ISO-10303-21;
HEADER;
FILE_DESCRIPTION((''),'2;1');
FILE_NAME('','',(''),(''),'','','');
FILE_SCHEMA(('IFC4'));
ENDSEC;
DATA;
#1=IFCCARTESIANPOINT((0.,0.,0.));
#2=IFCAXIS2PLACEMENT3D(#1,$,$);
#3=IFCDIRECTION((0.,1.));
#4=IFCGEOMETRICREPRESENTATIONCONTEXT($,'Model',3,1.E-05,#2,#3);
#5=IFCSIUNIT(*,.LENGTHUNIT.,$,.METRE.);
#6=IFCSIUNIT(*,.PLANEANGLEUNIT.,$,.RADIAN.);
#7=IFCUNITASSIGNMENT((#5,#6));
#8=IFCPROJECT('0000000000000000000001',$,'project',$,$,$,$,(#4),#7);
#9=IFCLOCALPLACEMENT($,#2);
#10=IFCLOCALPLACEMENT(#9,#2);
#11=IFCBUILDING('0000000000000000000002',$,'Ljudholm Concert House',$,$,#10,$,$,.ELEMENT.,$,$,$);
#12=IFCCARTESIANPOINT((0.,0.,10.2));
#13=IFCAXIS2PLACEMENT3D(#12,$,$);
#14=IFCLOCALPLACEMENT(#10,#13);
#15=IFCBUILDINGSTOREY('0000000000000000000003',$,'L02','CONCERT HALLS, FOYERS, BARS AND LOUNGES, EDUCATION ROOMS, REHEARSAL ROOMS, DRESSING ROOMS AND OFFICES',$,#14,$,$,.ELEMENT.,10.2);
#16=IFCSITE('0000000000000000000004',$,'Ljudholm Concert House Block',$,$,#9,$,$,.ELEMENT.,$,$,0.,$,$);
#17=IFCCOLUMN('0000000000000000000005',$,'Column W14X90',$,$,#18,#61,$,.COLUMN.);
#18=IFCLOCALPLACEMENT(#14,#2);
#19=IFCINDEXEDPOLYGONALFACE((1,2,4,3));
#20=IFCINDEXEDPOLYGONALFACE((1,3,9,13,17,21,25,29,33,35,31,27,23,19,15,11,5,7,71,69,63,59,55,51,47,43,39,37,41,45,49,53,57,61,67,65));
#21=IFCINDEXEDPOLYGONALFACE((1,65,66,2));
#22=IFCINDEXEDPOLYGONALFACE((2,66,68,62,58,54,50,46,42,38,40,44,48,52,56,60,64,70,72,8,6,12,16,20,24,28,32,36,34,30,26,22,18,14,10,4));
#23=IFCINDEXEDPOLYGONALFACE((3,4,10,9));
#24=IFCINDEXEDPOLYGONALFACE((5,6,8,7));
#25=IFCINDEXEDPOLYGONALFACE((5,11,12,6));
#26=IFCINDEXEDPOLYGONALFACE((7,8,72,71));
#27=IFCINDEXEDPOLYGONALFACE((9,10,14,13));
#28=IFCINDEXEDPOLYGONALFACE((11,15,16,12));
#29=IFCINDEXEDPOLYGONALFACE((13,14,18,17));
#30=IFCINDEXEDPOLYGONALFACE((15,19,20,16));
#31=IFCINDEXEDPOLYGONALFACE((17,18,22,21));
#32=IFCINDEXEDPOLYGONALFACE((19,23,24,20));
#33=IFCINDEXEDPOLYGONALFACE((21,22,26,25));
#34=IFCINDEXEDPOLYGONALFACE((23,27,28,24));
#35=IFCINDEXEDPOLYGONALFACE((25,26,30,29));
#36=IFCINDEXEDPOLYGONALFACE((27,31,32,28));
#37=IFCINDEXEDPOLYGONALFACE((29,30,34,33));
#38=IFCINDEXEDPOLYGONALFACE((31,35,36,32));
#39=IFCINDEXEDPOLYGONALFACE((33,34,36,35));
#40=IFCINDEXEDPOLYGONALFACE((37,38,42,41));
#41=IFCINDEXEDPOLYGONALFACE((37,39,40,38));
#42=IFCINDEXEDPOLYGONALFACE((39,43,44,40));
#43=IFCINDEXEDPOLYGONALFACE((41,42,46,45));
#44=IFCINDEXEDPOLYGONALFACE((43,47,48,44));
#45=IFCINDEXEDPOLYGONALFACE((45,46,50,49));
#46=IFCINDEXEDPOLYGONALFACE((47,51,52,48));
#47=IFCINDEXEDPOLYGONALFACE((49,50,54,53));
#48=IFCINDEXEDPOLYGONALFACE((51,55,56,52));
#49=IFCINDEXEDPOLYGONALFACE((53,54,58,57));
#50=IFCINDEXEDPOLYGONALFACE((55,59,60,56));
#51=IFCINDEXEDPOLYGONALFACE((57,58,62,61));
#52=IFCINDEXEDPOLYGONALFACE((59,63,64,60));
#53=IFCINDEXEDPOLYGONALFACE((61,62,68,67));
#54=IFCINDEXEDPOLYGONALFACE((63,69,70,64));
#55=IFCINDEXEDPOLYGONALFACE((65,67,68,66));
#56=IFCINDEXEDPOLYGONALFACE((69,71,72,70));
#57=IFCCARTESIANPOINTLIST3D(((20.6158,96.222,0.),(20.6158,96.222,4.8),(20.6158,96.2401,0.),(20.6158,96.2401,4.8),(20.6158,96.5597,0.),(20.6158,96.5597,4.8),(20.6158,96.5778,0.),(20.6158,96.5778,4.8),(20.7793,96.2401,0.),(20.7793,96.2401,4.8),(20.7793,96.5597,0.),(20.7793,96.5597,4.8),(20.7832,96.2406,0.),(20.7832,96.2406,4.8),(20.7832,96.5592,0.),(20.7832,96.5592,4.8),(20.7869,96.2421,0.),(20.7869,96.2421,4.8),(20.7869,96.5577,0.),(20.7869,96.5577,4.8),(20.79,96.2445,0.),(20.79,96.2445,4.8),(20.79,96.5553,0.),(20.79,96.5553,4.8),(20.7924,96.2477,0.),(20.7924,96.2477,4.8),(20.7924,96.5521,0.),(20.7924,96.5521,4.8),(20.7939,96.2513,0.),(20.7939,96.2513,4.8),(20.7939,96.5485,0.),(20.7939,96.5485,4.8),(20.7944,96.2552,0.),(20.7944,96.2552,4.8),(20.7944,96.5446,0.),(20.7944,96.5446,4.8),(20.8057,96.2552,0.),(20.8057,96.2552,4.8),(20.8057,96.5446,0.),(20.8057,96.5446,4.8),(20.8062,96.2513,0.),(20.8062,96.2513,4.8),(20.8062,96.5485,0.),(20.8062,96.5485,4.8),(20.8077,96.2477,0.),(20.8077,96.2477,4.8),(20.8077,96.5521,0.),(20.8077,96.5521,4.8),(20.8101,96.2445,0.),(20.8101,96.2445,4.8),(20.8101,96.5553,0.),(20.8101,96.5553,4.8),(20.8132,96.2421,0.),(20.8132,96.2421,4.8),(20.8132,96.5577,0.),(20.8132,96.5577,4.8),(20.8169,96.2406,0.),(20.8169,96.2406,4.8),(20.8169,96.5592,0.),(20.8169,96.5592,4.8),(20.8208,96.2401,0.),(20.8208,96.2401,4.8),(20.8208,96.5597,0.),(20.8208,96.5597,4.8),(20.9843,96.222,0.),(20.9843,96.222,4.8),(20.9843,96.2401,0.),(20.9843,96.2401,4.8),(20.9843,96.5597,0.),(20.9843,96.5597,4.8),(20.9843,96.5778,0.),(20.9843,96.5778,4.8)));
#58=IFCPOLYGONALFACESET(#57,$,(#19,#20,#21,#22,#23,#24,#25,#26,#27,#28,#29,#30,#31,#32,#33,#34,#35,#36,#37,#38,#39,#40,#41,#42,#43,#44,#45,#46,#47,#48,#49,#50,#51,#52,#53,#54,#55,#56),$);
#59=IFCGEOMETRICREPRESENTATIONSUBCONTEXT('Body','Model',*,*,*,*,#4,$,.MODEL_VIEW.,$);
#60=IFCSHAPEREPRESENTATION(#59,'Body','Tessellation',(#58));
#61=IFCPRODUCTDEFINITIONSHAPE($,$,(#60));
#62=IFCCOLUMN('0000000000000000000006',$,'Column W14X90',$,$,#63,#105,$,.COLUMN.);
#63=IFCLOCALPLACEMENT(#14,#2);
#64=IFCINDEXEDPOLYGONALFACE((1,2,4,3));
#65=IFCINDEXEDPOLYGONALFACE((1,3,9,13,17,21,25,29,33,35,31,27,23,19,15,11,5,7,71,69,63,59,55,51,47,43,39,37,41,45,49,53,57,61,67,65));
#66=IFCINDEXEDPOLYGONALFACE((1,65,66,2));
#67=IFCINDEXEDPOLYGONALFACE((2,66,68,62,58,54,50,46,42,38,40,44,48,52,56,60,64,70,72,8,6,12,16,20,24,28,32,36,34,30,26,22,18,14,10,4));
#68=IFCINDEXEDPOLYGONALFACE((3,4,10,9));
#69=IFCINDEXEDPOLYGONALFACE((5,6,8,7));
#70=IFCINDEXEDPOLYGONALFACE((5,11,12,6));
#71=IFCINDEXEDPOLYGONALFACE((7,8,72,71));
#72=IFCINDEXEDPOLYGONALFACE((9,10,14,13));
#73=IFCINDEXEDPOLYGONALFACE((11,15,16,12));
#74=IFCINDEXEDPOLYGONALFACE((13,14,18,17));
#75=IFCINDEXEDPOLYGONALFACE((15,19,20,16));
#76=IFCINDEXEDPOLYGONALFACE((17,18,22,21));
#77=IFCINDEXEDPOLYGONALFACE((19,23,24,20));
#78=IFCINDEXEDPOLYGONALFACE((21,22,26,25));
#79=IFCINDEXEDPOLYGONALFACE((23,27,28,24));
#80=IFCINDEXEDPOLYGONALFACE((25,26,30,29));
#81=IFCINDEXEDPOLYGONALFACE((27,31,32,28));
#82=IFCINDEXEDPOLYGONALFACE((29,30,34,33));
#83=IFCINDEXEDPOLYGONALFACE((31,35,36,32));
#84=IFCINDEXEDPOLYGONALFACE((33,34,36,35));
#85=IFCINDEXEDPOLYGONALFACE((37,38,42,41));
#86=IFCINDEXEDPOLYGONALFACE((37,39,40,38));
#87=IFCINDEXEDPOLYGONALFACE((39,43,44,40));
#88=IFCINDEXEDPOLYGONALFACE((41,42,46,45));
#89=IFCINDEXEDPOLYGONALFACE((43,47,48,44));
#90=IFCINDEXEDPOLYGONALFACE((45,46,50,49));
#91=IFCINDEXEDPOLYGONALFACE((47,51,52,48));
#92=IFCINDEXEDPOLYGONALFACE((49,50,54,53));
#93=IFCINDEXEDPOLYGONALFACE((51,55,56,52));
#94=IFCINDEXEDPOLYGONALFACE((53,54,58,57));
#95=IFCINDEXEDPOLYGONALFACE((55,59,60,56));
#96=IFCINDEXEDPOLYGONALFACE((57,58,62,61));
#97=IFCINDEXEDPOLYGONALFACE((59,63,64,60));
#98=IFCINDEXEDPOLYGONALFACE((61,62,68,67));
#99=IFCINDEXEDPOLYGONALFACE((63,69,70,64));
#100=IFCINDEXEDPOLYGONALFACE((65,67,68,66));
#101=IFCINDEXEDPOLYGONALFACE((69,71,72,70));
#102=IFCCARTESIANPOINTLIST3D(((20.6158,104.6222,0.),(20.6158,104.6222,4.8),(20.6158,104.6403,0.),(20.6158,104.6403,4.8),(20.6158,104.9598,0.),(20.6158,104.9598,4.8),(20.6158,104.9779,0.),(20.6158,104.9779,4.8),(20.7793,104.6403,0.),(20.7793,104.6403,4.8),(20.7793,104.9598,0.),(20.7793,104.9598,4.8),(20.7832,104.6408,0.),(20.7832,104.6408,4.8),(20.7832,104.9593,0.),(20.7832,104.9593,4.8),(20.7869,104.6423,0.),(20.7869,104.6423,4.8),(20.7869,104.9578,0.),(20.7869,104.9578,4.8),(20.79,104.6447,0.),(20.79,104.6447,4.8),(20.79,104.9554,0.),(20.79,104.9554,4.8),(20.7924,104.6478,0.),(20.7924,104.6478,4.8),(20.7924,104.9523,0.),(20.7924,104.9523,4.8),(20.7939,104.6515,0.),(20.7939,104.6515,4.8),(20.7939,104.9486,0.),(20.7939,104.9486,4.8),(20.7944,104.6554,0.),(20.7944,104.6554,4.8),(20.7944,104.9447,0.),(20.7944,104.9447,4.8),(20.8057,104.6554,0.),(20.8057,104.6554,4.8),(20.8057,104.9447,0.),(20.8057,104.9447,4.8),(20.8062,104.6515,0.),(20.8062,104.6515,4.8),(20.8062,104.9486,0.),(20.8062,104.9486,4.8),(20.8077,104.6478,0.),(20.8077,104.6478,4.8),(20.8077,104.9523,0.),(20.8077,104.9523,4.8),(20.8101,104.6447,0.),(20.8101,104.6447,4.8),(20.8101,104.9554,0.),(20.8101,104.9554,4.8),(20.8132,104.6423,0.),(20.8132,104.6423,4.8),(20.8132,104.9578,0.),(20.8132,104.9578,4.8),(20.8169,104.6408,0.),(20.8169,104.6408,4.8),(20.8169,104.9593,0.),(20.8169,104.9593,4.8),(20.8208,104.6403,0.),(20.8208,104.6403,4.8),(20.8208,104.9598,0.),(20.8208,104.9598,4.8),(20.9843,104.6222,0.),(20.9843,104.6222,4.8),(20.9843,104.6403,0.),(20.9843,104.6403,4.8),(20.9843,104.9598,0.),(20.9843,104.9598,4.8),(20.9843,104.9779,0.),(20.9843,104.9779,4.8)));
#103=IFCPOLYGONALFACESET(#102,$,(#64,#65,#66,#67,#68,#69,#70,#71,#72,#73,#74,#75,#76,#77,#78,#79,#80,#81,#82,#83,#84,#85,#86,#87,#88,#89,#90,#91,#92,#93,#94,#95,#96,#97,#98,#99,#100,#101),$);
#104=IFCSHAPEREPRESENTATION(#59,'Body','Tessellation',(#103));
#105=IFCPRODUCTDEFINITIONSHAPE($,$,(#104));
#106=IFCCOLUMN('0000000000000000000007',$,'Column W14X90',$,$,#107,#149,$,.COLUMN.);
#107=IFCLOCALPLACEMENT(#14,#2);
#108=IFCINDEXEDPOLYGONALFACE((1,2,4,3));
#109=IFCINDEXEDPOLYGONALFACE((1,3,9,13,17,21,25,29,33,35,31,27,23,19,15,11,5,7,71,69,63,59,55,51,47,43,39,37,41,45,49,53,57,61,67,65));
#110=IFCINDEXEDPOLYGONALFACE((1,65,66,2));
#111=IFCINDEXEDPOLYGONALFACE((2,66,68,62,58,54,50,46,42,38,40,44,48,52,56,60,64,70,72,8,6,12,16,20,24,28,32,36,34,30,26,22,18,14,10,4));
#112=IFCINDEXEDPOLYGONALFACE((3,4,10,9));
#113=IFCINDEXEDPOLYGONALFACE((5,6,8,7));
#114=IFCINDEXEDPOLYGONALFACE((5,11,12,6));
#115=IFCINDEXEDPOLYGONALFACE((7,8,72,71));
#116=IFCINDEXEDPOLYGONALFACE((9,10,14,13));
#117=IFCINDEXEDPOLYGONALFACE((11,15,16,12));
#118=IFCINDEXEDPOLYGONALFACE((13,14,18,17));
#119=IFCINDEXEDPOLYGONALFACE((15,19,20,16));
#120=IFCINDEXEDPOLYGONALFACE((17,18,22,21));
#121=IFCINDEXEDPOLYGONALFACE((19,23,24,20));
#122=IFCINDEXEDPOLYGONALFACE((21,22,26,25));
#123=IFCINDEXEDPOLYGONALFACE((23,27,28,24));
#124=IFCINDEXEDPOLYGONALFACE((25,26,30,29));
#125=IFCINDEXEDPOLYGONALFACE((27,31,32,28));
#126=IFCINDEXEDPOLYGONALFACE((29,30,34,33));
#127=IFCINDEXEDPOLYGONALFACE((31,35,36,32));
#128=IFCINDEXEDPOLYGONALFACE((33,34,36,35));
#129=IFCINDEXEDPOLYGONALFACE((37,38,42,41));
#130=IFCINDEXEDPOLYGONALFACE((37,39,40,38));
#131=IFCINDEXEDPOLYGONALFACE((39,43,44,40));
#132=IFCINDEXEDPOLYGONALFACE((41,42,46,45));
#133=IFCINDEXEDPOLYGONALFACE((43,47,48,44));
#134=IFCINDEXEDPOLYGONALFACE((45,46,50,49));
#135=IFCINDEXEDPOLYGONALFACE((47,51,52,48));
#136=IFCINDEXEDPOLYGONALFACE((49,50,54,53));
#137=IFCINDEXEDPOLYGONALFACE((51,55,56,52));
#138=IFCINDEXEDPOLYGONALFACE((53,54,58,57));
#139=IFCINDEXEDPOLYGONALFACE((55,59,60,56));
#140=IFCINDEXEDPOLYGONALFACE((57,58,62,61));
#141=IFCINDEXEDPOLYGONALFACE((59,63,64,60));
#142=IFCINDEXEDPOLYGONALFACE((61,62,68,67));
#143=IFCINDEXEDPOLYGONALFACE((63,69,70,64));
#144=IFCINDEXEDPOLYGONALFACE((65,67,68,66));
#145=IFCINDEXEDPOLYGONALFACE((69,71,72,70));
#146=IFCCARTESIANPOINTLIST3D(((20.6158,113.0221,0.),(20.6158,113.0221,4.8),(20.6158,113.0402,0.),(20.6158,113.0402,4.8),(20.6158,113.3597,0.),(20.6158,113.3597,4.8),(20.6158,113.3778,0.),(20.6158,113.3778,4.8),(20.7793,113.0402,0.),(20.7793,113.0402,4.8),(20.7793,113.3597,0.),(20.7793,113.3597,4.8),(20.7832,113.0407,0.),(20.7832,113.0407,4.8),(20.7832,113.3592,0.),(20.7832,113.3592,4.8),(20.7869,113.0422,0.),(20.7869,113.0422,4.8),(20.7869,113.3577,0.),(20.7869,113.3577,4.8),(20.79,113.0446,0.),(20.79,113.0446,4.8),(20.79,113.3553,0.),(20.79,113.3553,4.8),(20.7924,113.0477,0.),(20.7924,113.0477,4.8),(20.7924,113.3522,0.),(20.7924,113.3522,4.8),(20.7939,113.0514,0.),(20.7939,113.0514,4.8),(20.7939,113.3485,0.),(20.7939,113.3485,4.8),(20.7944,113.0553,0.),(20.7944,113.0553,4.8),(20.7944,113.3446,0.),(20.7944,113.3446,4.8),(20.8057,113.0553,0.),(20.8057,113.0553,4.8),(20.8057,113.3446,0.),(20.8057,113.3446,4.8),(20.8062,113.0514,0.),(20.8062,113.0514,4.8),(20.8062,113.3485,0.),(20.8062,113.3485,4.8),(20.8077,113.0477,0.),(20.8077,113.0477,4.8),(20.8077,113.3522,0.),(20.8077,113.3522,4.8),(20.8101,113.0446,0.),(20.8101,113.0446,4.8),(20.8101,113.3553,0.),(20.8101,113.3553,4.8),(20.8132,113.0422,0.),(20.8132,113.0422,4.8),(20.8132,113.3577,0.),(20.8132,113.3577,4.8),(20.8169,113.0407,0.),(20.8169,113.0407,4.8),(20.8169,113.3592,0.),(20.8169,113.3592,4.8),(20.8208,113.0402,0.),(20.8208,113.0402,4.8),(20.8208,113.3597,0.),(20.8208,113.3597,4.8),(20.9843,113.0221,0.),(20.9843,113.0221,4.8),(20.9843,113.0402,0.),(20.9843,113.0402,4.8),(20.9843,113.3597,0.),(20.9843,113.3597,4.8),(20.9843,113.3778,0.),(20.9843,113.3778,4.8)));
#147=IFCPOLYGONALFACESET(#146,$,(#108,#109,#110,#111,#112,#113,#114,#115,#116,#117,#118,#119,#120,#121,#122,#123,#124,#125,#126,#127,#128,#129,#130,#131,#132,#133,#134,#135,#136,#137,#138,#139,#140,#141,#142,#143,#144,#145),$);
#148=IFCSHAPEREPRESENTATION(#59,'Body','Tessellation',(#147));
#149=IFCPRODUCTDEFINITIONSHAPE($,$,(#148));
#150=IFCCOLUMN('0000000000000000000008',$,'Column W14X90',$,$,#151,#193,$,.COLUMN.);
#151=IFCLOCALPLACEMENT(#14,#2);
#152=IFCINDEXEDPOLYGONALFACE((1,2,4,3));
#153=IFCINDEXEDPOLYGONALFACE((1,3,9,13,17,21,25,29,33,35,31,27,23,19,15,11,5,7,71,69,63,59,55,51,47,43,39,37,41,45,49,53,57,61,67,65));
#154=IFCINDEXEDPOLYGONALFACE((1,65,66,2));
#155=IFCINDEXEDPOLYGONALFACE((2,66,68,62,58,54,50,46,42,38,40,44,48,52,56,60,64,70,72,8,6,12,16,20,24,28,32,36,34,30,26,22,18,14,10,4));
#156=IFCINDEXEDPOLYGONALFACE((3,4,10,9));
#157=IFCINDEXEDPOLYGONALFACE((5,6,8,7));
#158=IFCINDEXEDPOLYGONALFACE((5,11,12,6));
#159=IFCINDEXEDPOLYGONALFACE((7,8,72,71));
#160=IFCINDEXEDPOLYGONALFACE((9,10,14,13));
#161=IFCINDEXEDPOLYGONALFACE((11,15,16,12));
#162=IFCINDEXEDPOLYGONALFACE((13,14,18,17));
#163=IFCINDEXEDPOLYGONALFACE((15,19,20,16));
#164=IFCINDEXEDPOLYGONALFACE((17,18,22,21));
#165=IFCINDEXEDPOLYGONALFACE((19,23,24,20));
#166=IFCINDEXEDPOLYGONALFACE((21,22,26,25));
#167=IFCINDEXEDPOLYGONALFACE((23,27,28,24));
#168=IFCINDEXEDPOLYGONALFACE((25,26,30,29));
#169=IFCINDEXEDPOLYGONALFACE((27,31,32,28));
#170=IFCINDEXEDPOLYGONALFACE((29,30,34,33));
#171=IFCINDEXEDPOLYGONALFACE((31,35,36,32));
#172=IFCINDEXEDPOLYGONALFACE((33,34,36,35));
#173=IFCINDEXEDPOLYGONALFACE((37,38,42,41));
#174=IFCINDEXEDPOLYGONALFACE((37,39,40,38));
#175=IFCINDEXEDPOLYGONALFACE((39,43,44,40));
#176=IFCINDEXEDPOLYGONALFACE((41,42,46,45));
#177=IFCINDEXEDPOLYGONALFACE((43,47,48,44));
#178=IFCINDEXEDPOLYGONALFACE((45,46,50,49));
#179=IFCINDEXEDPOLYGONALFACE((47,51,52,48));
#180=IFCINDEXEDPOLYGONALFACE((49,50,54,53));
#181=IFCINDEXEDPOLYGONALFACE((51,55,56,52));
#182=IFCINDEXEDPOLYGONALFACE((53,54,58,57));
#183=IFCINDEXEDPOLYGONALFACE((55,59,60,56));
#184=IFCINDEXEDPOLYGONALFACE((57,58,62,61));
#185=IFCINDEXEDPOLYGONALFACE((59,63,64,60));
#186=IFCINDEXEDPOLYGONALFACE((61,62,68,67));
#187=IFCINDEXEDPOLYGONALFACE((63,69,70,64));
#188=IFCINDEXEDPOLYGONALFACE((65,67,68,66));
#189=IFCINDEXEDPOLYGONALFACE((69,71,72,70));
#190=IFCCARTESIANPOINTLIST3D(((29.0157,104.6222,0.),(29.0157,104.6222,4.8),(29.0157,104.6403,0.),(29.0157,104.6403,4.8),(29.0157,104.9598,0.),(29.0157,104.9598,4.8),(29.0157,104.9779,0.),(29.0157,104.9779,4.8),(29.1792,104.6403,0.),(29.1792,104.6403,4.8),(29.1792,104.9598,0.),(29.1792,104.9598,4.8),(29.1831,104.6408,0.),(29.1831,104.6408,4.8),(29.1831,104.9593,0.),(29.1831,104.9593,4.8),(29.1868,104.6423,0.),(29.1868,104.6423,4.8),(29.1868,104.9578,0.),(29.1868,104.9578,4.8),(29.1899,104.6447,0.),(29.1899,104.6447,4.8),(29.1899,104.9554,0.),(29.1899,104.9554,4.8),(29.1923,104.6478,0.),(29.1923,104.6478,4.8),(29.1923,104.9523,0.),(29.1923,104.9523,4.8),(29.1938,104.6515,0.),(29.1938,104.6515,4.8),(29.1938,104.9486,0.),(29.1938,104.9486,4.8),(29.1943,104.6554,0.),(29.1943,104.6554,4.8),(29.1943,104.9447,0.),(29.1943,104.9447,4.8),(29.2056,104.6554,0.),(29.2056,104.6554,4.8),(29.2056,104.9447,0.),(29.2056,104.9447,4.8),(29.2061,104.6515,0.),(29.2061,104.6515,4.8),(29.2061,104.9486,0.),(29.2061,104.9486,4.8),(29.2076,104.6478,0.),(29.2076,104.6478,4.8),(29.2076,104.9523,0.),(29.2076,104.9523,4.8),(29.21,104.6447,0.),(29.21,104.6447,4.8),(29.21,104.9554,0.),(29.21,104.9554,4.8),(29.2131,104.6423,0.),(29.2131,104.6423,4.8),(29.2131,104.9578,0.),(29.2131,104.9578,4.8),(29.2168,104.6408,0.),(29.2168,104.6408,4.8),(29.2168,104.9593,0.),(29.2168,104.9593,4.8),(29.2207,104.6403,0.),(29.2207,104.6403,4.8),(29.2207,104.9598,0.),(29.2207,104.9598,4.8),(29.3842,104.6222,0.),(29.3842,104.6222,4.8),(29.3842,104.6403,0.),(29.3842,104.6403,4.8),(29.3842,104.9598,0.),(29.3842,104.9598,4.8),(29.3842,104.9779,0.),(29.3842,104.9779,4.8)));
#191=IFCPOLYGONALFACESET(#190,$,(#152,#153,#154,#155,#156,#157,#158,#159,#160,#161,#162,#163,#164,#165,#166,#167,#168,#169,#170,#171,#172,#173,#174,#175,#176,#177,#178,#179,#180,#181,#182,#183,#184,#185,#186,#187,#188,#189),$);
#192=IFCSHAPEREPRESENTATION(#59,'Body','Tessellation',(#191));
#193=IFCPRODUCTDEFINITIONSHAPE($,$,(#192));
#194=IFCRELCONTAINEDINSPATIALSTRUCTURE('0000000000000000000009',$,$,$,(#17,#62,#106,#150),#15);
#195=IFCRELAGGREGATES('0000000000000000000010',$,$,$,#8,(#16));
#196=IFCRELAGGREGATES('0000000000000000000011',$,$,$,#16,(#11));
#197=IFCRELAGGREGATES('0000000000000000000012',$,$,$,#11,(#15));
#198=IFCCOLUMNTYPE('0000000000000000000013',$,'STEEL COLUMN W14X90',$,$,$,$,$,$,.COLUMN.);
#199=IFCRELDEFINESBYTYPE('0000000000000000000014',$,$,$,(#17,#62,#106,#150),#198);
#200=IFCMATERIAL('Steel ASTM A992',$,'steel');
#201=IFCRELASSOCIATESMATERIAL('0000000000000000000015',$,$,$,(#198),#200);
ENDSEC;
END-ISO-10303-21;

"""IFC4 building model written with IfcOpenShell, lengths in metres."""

from ifc_helpers import new_model, si_unit, direction, frame, origin, origin_2d, place, context, subcontext, project, spatial, i_section, extrude, material, material_profile, profile_set, type_object, element, save


model = new_model("IFC4")

# Units and contexts
model_context = context("Model", 3, precision=1e-05, world=origin(), true_north=direction((0.0, 1.0)))
body_context = subcontext(model_context, "Body", "Model", "MODEL_VIEW")
ifc_project = project(units=[si_unit("LENGTHUNIT", "METRE"), si_unit("PLANEANGLEUNIT", "RADIAN")], contexts=[model_context])

# Site, building, storey
site_placement = place(None, origin())
site = spatial("IfcSite", under=ifc_project, at=site_placement, Name="Ljudholm Concert House Block", CompositionType="ELEMENT", RefElevation=0.0)
building_placement = place(site_placement, origin())
building = spatial("IfcBuilding", under=site, at=building_placement, Name="Ljudholm Concert House", CompositionType="ELEMENT")
storey_placement = place(building_placement, frame((0.0, 0.0, 10.2)))
storey = spatial("IfcBuildingStorey", under=building, at=storey_placement, Name="L02", Description="CONCERT HALLS, FOYERS, BARS AND LOUNGES, EDUCATION ROOMS, REHEARSAL ROOMS, DRESSING ROOMS AND OFFICES", CompositionType="ELEMENT", Elevation=10.2)

# Columns
ifc_material_1 = material(Name="Steel ASTM A992", Category="steel")
ifc_material_profile_1 = material_profile(ifc_material_1, i_section(OverallWidth=0.3684, OverallDepth=0.3557, WebThickness=0.0112, FlangeThickness=0.0181, FilletRadius=0.0151, at=origin_2d()), Name="W14X90")
ifc_profile_set_1 = profile_set([ifc_material_profile_1], Name="Steel ASTM A992")
column_type = type_object("IfcColumnType", Name="STEEL COLUMN W14X90", PredefinedType="COLUMN", material=ifc_profile_set_1)
for number, where, z_axis, x_axis, name in (
    (1, (20.8, 96.3999, 0.0), (0.0, 0.0, 1.0), (1.0, 0.0, 0.0), "Column W14X90"),
    (2, (20.8, 104.8, 0.0), (0.0, 0.0, 1.0), (1.0, 0.0, 0.0), "Column W14X90"),
    (3, (20.8, 113.2, 0.0), (0.0, 0.0, 1.0), (1.0, 0.0, 0.0), "Column W14X90"),
    (4, (29.2, 104.8, 0.0), (0.0, 0.0, 1.0), (1.0, 0.0, 0.0), "Column W14X90"),
):
    element("IfcColumn", number, at=place(storey_placement, frame(where, z_axis=z_axis, x_axis=x_axis)), inside=storey, type_object=column_type, Name=name, PredefinedType="COLUMN", context=body_context, shape_type="SweptSolid", body=[
        extrude(i_section(OverallWidth=0.3684, OverallDepth=0.3557, WebThickness=0.0112, FlangeThickness=0.0181, FilletRadius=0.0151, at=origin_2d()), origin(), (0.0, 0.0, 1.0), 4.8),
    ])

save(model, "model.ifc")
